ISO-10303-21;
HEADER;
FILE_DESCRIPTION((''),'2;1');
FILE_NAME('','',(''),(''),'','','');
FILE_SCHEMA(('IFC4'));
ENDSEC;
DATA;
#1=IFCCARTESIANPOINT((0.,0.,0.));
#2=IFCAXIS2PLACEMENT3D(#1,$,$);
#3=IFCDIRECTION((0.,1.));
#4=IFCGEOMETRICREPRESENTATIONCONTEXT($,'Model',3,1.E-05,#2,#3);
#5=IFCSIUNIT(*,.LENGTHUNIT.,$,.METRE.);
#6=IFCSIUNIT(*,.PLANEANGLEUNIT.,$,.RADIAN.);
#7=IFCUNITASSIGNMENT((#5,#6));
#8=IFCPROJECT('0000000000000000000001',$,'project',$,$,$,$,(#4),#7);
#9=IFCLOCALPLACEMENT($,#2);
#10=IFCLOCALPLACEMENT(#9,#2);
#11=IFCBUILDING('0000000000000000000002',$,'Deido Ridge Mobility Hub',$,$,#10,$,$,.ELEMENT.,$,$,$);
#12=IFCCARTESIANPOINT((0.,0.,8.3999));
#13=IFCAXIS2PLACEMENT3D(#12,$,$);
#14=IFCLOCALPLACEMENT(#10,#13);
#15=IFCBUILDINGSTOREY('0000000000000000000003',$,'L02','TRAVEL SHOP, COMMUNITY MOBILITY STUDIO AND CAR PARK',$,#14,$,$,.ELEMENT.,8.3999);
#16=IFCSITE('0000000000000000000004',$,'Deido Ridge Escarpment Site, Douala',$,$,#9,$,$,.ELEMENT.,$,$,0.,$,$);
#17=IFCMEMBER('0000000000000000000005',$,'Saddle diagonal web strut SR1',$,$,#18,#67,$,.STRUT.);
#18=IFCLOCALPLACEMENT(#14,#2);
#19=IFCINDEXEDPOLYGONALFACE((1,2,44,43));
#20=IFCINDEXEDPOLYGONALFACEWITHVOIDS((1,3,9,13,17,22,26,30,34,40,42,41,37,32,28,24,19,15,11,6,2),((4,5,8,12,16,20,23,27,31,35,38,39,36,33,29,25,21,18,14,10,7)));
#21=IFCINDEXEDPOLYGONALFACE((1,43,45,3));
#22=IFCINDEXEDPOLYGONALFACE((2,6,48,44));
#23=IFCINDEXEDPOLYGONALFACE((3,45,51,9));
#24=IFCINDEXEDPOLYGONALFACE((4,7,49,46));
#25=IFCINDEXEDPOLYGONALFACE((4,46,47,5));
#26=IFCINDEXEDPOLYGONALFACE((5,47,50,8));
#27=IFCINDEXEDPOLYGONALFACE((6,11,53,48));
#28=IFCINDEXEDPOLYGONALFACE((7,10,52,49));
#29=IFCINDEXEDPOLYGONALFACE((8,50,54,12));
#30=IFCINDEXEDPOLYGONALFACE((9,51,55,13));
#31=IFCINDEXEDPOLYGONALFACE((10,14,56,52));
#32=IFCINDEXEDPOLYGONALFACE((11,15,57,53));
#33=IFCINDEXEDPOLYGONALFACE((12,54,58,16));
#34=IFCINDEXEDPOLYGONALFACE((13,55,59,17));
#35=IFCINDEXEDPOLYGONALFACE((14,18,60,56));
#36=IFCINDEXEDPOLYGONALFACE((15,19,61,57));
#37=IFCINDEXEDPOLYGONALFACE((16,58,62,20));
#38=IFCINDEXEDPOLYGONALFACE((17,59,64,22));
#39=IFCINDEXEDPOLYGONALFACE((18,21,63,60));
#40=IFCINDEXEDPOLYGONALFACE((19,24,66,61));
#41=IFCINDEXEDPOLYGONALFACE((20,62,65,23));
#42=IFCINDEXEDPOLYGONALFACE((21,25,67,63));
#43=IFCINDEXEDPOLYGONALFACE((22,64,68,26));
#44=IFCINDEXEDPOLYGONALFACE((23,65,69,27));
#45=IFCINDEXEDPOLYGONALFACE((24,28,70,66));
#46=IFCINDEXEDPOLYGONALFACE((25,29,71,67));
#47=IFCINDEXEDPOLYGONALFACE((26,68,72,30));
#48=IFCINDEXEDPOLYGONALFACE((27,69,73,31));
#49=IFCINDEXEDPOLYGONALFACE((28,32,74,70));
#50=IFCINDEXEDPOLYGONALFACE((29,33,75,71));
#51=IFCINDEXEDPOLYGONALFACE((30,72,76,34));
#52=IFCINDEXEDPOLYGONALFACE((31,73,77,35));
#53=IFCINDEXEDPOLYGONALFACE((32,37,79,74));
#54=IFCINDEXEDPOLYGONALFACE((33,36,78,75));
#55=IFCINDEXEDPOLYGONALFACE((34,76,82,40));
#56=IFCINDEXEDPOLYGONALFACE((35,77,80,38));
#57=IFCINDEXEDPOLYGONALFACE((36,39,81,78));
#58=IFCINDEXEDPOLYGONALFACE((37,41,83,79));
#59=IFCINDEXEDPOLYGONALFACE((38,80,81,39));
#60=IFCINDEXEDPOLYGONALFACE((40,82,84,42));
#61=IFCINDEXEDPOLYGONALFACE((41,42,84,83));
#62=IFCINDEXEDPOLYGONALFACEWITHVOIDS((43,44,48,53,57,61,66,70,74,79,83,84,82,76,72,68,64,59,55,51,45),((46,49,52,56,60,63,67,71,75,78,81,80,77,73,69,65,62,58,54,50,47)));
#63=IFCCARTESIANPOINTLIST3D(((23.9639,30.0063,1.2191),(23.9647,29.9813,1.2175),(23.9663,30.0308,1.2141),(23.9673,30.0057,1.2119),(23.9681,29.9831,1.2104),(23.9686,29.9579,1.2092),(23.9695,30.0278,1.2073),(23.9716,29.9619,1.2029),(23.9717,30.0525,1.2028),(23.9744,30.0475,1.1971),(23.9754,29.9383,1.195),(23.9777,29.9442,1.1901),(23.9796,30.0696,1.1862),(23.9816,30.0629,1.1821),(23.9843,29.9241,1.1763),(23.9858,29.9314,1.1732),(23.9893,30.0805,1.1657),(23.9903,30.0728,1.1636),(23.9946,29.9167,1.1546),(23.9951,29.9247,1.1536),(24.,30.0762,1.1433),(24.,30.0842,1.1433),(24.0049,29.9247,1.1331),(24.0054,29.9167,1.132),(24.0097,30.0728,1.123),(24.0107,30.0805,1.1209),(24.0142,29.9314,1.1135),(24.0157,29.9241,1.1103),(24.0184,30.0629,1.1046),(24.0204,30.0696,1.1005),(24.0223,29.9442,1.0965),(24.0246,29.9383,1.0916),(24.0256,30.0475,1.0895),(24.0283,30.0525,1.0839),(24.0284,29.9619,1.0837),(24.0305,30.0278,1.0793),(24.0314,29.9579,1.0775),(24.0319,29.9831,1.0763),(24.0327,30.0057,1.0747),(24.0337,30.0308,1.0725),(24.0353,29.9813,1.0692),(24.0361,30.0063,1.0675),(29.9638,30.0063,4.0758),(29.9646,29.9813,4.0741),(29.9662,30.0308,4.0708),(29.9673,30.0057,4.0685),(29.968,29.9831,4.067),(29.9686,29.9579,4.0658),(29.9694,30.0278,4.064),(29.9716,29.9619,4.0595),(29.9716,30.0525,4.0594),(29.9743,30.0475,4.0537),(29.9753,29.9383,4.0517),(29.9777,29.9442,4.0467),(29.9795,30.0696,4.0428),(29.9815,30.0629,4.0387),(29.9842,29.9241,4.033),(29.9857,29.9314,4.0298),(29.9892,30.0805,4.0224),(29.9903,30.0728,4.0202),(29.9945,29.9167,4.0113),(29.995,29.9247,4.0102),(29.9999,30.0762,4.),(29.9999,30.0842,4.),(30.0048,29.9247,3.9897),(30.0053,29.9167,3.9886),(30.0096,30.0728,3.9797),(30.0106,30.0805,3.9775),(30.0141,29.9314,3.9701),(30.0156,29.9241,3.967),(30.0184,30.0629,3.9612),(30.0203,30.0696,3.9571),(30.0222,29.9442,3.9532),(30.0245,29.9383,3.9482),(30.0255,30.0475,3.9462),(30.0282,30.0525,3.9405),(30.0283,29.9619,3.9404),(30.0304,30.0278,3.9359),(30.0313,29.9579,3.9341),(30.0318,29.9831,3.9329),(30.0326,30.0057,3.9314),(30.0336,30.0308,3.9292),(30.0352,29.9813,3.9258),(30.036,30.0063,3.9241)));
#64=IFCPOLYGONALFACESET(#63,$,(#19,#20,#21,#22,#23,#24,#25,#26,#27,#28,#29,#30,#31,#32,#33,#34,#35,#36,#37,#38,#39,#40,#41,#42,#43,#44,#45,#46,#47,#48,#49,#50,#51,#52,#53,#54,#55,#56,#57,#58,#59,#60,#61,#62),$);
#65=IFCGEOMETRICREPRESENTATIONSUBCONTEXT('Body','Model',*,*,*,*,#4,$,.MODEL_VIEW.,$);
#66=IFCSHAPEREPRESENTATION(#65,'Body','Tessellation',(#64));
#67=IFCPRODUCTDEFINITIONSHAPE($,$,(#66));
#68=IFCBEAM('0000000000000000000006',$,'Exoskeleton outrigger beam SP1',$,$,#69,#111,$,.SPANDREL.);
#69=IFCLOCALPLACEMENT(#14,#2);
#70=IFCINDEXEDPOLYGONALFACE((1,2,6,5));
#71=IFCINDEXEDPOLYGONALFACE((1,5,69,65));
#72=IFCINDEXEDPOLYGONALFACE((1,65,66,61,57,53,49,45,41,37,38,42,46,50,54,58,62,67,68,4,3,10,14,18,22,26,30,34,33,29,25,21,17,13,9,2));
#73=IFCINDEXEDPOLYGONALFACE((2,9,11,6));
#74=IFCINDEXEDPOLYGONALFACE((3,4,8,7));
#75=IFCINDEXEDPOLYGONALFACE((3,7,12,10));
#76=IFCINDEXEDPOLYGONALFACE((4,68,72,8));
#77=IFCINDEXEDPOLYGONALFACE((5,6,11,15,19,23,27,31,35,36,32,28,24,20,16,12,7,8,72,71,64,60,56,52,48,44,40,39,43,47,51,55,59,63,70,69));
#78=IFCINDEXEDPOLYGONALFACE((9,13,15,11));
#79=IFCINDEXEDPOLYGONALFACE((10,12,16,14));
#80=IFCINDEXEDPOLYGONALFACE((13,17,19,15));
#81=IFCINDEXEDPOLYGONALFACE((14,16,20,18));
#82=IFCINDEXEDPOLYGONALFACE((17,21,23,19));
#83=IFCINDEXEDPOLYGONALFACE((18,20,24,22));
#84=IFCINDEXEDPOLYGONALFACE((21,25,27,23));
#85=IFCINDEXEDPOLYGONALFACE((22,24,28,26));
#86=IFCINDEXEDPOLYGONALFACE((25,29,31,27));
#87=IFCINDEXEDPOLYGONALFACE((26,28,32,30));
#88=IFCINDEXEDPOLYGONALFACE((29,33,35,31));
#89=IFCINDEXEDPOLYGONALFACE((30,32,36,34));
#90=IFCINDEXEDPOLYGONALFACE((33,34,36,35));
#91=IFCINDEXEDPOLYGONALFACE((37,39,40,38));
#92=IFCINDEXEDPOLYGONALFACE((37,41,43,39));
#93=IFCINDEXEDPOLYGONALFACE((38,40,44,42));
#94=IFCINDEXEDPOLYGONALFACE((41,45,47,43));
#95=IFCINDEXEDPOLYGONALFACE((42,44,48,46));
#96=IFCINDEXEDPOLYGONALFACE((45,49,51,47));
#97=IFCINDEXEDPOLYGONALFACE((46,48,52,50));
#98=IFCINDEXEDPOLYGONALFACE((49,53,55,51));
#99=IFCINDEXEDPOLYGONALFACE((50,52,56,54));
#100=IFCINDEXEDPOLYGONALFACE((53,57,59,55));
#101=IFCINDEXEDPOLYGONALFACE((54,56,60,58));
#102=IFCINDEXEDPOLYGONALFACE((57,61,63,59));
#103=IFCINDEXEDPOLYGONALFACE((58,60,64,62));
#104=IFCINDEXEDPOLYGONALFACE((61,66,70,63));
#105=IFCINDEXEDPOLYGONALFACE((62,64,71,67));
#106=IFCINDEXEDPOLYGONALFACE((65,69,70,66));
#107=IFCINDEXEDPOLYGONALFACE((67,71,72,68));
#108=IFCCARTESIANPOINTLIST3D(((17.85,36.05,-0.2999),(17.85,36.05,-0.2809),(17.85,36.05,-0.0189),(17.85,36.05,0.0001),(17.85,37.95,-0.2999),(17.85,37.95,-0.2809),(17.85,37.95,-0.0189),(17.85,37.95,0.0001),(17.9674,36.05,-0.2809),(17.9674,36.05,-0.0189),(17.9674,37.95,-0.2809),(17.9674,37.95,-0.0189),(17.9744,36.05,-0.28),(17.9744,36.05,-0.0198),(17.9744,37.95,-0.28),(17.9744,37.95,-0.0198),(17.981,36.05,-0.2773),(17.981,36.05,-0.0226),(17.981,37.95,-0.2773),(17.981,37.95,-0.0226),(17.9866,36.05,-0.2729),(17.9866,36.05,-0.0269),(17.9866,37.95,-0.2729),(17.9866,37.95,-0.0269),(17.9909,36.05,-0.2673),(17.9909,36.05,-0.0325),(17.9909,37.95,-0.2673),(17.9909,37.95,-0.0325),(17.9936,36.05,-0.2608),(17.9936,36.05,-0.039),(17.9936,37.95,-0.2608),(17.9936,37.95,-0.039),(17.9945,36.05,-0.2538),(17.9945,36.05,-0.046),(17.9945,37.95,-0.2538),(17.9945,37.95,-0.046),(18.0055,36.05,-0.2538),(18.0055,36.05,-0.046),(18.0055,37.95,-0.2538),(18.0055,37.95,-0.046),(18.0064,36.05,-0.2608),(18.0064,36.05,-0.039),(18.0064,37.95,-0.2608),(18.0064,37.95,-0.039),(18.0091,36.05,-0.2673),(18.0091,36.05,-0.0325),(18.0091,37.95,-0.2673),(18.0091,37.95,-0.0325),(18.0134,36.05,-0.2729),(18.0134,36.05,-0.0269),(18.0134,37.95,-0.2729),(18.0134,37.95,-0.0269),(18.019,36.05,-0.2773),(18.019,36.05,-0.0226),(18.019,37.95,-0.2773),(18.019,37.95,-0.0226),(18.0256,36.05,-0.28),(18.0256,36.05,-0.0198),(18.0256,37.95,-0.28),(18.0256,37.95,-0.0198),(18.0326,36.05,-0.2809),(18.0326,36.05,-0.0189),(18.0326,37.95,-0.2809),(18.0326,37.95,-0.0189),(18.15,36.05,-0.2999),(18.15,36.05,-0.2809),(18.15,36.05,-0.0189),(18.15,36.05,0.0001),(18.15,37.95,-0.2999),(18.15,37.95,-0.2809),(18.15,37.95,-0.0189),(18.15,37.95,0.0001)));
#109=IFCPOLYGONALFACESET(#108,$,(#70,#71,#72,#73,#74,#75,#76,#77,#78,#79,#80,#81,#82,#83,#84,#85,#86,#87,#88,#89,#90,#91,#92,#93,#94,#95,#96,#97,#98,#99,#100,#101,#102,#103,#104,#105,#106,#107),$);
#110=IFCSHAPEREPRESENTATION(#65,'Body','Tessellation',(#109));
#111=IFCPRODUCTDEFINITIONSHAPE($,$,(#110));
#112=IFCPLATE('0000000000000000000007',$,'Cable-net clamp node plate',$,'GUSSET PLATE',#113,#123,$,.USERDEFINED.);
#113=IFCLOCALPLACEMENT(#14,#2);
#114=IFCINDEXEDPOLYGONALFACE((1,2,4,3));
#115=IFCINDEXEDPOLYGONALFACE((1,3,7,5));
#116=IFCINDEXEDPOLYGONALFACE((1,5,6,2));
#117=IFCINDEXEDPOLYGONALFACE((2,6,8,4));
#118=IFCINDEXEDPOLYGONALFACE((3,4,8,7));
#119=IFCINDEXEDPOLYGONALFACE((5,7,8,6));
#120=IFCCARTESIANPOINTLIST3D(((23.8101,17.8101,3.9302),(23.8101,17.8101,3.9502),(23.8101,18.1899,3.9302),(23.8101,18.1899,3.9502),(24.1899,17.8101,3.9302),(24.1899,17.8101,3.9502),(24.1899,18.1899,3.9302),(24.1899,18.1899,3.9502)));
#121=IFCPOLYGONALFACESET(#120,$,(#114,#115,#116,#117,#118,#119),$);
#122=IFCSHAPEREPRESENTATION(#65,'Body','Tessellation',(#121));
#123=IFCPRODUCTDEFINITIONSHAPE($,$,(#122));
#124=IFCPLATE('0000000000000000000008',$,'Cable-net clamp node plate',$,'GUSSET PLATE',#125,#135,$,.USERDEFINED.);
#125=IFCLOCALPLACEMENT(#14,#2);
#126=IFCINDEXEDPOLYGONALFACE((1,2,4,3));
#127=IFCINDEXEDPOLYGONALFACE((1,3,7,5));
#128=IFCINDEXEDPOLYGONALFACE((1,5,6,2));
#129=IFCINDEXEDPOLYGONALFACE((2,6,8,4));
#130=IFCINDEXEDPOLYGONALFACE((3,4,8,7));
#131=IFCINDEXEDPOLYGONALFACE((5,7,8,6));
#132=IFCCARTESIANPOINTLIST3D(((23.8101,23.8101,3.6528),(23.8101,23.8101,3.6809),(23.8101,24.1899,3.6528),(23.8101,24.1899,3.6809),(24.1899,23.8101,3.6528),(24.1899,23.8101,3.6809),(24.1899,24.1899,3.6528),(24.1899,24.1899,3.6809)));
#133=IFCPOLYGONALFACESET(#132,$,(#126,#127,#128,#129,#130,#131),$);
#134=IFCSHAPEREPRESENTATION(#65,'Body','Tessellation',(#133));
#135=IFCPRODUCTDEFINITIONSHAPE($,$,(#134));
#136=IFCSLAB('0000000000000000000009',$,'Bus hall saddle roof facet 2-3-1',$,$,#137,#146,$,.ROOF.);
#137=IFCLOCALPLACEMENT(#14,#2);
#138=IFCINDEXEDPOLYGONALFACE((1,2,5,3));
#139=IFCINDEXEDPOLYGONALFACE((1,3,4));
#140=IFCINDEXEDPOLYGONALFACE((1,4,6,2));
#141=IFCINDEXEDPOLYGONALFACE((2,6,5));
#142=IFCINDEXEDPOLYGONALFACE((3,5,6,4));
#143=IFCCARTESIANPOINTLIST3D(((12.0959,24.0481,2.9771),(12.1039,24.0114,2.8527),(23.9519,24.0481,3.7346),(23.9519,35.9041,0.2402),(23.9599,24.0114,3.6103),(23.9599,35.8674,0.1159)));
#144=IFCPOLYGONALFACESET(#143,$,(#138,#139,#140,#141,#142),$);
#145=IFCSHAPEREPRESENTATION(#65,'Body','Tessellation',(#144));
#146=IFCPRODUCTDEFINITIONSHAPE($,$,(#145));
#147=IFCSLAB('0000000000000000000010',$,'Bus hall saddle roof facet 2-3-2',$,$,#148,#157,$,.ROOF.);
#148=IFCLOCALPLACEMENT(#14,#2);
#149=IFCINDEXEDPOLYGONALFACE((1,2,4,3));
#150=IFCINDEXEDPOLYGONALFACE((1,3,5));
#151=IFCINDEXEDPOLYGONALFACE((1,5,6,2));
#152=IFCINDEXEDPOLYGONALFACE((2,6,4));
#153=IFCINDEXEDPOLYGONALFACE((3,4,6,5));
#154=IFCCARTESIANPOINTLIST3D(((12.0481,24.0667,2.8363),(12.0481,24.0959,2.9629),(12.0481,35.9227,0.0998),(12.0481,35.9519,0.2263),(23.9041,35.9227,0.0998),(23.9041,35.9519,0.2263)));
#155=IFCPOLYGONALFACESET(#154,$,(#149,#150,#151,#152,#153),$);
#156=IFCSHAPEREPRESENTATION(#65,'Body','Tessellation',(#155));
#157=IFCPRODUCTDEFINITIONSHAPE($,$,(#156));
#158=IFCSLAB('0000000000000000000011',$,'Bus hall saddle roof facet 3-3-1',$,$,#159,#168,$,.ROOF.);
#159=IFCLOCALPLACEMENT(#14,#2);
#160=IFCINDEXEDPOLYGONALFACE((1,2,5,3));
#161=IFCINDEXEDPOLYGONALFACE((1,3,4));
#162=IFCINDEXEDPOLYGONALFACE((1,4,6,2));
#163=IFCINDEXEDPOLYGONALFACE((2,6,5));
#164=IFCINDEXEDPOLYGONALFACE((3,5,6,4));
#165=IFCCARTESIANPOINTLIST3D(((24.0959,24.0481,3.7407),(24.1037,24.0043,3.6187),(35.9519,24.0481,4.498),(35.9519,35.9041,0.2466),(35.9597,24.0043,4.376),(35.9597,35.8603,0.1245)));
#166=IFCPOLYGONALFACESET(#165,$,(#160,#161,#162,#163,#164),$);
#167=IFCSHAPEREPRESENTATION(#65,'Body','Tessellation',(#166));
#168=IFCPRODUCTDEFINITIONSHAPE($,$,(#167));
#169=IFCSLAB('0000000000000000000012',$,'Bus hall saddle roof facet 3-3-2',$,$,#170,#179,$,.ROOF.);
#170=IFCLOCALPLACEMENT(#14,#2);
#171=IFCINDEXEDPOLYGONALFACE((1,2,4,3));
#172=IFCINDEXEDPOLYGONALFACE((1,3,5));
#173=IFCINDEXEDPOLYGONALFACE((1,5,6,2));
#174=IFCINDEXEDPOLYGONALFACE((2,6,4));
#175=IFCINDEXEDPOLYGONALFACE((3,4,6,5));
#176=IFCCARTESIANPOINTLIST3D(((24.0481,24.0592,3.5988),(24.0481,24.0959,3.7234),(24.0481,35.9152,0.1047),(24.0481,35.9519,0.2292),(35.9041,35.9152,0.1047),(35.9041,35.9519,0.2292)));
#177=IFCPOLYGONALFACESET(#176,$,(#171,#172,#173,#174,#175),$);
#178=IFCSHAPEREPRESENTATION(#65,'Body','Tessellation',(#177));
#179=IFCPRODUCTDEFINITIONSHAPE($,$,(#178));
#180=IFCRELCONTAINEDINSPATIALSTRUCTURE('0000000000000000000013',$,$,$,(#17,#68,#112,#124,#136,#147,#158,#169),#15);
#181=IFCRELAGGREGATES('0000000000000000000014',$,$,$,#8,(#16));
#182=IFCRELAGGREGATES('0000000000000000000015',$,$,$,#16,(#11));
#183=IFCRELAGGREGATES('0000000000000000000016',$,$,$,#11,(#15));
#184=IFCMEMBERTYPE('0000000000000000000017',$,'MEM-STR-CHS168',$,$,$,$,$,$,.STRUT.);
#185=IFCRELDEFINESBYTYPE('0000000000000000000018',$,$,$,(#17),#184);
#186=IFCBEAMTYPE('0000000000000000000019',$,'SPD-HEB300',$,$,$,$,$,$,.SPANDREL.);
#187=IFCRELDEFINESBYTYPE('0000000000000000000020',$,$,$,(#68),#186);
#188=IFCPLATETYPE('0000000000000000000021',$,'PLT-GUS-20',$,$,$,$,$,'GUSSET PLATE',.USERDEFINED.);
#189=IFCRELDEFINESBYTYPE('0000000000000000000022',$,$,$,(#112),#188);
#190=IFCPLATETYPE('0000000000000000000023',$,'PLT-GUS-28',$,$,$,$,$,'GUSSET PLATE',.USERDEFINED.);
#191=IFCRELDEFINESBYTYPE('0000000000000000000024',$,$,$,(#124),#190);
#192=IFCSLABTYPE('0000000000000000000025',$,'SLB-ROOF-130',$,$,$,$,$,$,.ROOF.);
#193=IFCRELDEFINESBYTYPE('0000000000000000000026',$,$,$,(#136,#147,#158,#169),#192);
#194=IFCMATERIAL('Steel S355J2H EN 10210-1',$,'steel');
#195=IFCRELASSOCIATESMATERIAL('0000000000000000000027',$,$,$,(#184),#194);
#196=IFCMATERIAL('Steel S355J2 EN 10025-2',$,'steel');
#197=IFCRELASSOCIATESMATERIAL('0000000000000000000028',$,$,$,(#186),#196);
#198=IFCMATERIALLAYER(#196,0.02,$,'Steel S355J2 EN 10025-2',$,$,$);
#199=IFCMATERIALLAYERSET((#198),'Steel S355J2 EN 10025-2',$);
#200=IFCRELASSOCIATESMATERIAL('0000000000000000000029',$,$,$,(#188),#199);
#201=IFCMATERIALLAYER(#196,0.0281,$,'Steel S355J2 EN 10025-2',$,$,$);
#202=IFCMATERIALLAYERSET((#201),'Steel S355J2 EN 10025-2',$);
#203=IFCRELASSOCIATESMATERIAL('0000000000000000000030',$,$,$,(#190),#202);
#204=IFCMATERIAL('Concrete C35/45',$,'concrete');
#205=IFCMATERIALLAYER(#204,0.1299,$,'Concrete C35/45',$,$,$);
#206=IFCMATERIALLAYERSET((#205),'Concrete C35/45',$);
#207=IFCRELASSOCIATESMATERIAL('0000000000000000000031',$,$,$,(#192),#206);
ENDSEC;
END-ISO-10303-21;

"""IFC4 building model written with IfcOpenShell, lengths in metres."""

from ifc_helpers import new_model, si_unit, direction, frame, origin, origin_2d, place, context, subcontext, project, spatial, polyline, rectangle, hollow_circle, i_section, outline, extrude, material, layer, layer_set, material_profile, profile_set, type_object, element, save


model = new_model("IFC4")

# Units and contexts
model_context = context("Model", 3, precision=1e-05, world=origin(), true_north=direction((0.0, 1.0)))
body_context = subcontext(model_context, "Body", "Model", "MODEL_VIEW")
ifc_project = project(units=[si_unit("LENGTHUNIT", "METRE"), si_unit("PLANEANGLEUNIT", "RADIAN")], contexts=[model_context])

# Site, building, storey
site_placement = place(None, origin())
site = spatial("IfcSite", under=ifc_project, at=site_placement, Name="Deido Ridge Escarpment Site, Douala", CompositionType="ELEMENT", RefElevation=0.0)
building_placement = place(site_placement, origin())
building = spatial("IfcBuilding", under=site, at=building_placement, Name="Deido Ridge Mobility Hub", CompositionType="ELEMENT")
storey_placement = place(building_placement, frame((0.0, 0.0, 8.3999)))
storey = spatial("IfcBuildingStorey", under=building, at=storey_placement, Name="L02", Description="TRAVEL SHOP, COMMUNITY MOBILITY STUDIO AND CAR PARK", CompositionType="ELEMENT", Elevation=8.3999)

# Shared definitions
ifc_material_1 = material(Name="Steel S355J2 EN 10025-2", Category="steel")

# Member
ifc_material_2 = material(Name="Steel S355J2H EN 10210-1", Category="steel")
ifc_material_profile_1 = material_profile(ifc_material_2, hollow_circle(Radius=0.0842, WallThickness=0.0081, at=origin_2d()), Name="CHS 168.3x8")
ifc_profile_set_1 = profile_set([ifc_material_profile_1], Name="Steel S355J2H EN 10210-1")
member_type_1 = type_object("IfcMemberType", Name="MEM-STR-CHS168", PredefinedType="STRUT", material=ifc_profile_set_1)
for number, where, z_axis, x_axis, name in (
    (1, (24.0, 30.0, 1.1433), (0.902887, 0.0, 0.429878), (0.0, 1.0, 0.0), "Saddle diagonal web strut SR1"),
):
    element("IfcMember", number, at=place(storey_placement, frame(where, z_axis=z_axis, x_axis=x_axis)), inside=storey, type_object=member_type_1, Name=name, PredefinedType="STRUT", context=body_context, shape_type="SweptSolid", body=[
        extrude(hollow_circle(Radius=0.0842, WallThickness=0.0081, at=origin_2d()), origin(), (0.0, 0.0, 1.0), 6.6453),
    ])

# Beam
ifc_material_profile_2 = material_profile(ifc_material_1, i_section(OverallWidth=0.3, OverallDepth=0.3, WebThickness=0.011, FlangeThickness=0.019, FilletRadius=0.0271, at=origin_2d()), Name="HEB 300")
ifc_profile_set_2 = profile_set([ifc_material_profile_2], Name="Steel S355J2 EN 10025-2")
beam_type_1 = type_object("IfcBeamType", Name="SPD-HEB300", PredefinedType="SPANDREL", material=ifc_profile_set_2)
beam_1_placement = place(storey_placement, frame((18.0, 36.05, -0.1499), z_axis=(0.0, 1.0, 0.0), x_axis=(-1.0, 0.0, 0.0)))
element("IfcBeam", 2, at=beam_1_placement, inside=storey, type_object=beam_type_1, Name="Exoskeleton outrigger beam SP1", PredefinedType="SPANDREL", context=body_context, shape_type="SweptSolid", body=[
    extrude(i_section(OverallWidth=0.3, OverallDepth=0.3, WebThickness=0.011, FlangeThickness=0.019, FilletRadius=0.0271, at=origin_2d()), origin(), (0.0, 0.0, 1.0), 1.8999),
])

# Plates
ifc_layer_1 = layer(ifc_material_1, 0.02, Name="Steel S355J2 EN 10025-2")
ifc_layer_set_1 = layer_set([ifc_layer_1], Name="Steel S355J2 EN 10025-2")
plate_type_1 = type_object("IfcPlateType", Name="PLT-GUS-20", ElementType="GUSSET PLATE", PredefinedType="USERDEFINED", material=ifc_layer_set_1)
plate_1_placement = place(storey_placement, frame((24.0, 18.0, 3.9302), z_axis=(0.0, 0.0, 1.0), x_axis=(1.0, 0.0, 0.0)))
element("IfcPlate", 3, at=plate_1_placement, inside=storey, type_object=plate_type_1, Name="Cable-net clamp node plate", ObjectType="GUSSET PLATE", PredefinedType="USERDEFINED", context=body_context, shape_type="SweptSolid", body=[
    extrude(rectangle(XDim=0.3799, YDim=0.3799, at=origin_2d()), origin(), (0.0, 0.0, 1.0), 0.02),
])
ifc_layer_2 = layer(ifc_material_1, 0.0281, Name="Steel S355J2 EN 10025-2")
ifc_layer_set_2 = layer_set([ifc_layer_2], Name="Steel S355J2 EN 10025-2")
plate_type_2 = type_object("IfcPlateType", Name="PLT-GUS-28", ElementType="GUSSET PLATE", PredefinedType="USERDEFINED", material=ifc_layer_set_2)
plate_2_placement = place(storey_placement, frame((24.0, 24.0, 3.6528), z_axis=(0.0, 0.0, 1.0), x_axis=(1.0, 0.0, 0.0)))
element("IfcPlate", 4, at=plate_2_placement, inside=storey, type_object=plate_type_2, Name="Cable-net clamp node plate", ObjectType="GUSSET PLATE", PredefinedType="USERDEFINED", context=body_context, shape_type="SweptSolid", body=[
    extrude(rectangle(XDim=0.3799, YDim=0.3799, at=origin_2d()), origin(), (0.0, 0.0, 1.0), 0.0281),
])

# Slabs
ifc_material_3 = material(Name="Concrete C35/45", Category="concrete")
ifc_layer_3 = layer(ifc_material_3, 0.1299, Name="Concrete C35/45")
ifc_layer_set_3 = layer_set([ifc_layer_3], Name="Concrete C35/45")
slab_type = type_object("IfcSlabType", Name="SLB-ROOF-130", PredefinedType="ROOF", material=ifc_layer_set_3)
slab_1_placement = place(storey_placement, frame((12.0959, 24.0481, 2.9771), z_axis=(-0.061176, 0.282183, 0.957408), x_axis=(0.997965, 0.0, 0.063768)))
element("IfcSlab", 5, at=slab_1_placement, inside=storey, type_object=slab_type, Name="Bus hall saddle roof facet 2-3-1", PredefinedType="ROOF", context=body_context, shape_type="SweptSolid", body=[
    extrude(outline(polyline([(0.0, 0.0), (11.8801, 0.0), (11.6573, 12.3582), (0.0, 0.0)])), origin(), (0.0, 0.0, -1.0), 0.1299),
])
slab_2_placement = place(storey_placement, frame((12.0481, 24.0959, 2.9629), z_axis=(0.0, 0.224905, 0.974381), x_axis=(0.697873, 0.697873, -0.161082)))
element("IfcSlab", 6, at=slab_2_placement, inside=storey, type_object=slab_type, Name="Bus hall saddle roof facet 2-3-2", PredefinedType="ROOF", context=body_context, shape_type="SweptSolid", body=[
    extrude(outline(polyline([(0.0, 0.0), (16.9887, 0.0), (8.7148, 8.4915), (0.0, 0.0)])), origin(), (0.0, 0.0, -1.0), 0.1299),
])
slab_3_placement = place(storey_placement, frame((24.0959, 24.0481, 3.7407), z_axis=(-0.06002, 0.336938, 0.939612), x_axis=(0.997966, 0.0, 0.063747)))
element("IfcSlab", 7, at=slab_3_placement, inside=storey, type_object=slab_type, Name="Bus hall saddle roof facet 3-3-1", PredefinedType="ROOF", context=body_context, shape_type="SweptSolid", body=[
    extrude(outline(polyline([(0.0, 0.0), (11.8801, 0.0), (11.6091, 12.5923), (0.0, 0.0)])), origin(), (0.0, 0.0, -1.0), 0.1299),
])
slab_4_placement = place(storey_placement, frame((24.0481, 24.0959, 3.7234), z_axis=(0.0, 0.282695, 0.95921), x_axis=(0.692235, 0.692235, -0.204013)))
element("IfcSlab", 8, at=slab_4_placement, inside=storey, type_object=slab_type, Name="Bus hall saddle roof facet 3-3-2", PredefinedType="ROOF", context=body_context, shape_type="SweptSolid", body=[
    extrude(outline(polyline([(0.0, 0.0), (17.1271, 0.0), (8.92, 8.5561), (0.0, 0.0)])), origin(), (0.0, 0.0, -1.0), 0.1299),
])

save(model, "model.ifc")
